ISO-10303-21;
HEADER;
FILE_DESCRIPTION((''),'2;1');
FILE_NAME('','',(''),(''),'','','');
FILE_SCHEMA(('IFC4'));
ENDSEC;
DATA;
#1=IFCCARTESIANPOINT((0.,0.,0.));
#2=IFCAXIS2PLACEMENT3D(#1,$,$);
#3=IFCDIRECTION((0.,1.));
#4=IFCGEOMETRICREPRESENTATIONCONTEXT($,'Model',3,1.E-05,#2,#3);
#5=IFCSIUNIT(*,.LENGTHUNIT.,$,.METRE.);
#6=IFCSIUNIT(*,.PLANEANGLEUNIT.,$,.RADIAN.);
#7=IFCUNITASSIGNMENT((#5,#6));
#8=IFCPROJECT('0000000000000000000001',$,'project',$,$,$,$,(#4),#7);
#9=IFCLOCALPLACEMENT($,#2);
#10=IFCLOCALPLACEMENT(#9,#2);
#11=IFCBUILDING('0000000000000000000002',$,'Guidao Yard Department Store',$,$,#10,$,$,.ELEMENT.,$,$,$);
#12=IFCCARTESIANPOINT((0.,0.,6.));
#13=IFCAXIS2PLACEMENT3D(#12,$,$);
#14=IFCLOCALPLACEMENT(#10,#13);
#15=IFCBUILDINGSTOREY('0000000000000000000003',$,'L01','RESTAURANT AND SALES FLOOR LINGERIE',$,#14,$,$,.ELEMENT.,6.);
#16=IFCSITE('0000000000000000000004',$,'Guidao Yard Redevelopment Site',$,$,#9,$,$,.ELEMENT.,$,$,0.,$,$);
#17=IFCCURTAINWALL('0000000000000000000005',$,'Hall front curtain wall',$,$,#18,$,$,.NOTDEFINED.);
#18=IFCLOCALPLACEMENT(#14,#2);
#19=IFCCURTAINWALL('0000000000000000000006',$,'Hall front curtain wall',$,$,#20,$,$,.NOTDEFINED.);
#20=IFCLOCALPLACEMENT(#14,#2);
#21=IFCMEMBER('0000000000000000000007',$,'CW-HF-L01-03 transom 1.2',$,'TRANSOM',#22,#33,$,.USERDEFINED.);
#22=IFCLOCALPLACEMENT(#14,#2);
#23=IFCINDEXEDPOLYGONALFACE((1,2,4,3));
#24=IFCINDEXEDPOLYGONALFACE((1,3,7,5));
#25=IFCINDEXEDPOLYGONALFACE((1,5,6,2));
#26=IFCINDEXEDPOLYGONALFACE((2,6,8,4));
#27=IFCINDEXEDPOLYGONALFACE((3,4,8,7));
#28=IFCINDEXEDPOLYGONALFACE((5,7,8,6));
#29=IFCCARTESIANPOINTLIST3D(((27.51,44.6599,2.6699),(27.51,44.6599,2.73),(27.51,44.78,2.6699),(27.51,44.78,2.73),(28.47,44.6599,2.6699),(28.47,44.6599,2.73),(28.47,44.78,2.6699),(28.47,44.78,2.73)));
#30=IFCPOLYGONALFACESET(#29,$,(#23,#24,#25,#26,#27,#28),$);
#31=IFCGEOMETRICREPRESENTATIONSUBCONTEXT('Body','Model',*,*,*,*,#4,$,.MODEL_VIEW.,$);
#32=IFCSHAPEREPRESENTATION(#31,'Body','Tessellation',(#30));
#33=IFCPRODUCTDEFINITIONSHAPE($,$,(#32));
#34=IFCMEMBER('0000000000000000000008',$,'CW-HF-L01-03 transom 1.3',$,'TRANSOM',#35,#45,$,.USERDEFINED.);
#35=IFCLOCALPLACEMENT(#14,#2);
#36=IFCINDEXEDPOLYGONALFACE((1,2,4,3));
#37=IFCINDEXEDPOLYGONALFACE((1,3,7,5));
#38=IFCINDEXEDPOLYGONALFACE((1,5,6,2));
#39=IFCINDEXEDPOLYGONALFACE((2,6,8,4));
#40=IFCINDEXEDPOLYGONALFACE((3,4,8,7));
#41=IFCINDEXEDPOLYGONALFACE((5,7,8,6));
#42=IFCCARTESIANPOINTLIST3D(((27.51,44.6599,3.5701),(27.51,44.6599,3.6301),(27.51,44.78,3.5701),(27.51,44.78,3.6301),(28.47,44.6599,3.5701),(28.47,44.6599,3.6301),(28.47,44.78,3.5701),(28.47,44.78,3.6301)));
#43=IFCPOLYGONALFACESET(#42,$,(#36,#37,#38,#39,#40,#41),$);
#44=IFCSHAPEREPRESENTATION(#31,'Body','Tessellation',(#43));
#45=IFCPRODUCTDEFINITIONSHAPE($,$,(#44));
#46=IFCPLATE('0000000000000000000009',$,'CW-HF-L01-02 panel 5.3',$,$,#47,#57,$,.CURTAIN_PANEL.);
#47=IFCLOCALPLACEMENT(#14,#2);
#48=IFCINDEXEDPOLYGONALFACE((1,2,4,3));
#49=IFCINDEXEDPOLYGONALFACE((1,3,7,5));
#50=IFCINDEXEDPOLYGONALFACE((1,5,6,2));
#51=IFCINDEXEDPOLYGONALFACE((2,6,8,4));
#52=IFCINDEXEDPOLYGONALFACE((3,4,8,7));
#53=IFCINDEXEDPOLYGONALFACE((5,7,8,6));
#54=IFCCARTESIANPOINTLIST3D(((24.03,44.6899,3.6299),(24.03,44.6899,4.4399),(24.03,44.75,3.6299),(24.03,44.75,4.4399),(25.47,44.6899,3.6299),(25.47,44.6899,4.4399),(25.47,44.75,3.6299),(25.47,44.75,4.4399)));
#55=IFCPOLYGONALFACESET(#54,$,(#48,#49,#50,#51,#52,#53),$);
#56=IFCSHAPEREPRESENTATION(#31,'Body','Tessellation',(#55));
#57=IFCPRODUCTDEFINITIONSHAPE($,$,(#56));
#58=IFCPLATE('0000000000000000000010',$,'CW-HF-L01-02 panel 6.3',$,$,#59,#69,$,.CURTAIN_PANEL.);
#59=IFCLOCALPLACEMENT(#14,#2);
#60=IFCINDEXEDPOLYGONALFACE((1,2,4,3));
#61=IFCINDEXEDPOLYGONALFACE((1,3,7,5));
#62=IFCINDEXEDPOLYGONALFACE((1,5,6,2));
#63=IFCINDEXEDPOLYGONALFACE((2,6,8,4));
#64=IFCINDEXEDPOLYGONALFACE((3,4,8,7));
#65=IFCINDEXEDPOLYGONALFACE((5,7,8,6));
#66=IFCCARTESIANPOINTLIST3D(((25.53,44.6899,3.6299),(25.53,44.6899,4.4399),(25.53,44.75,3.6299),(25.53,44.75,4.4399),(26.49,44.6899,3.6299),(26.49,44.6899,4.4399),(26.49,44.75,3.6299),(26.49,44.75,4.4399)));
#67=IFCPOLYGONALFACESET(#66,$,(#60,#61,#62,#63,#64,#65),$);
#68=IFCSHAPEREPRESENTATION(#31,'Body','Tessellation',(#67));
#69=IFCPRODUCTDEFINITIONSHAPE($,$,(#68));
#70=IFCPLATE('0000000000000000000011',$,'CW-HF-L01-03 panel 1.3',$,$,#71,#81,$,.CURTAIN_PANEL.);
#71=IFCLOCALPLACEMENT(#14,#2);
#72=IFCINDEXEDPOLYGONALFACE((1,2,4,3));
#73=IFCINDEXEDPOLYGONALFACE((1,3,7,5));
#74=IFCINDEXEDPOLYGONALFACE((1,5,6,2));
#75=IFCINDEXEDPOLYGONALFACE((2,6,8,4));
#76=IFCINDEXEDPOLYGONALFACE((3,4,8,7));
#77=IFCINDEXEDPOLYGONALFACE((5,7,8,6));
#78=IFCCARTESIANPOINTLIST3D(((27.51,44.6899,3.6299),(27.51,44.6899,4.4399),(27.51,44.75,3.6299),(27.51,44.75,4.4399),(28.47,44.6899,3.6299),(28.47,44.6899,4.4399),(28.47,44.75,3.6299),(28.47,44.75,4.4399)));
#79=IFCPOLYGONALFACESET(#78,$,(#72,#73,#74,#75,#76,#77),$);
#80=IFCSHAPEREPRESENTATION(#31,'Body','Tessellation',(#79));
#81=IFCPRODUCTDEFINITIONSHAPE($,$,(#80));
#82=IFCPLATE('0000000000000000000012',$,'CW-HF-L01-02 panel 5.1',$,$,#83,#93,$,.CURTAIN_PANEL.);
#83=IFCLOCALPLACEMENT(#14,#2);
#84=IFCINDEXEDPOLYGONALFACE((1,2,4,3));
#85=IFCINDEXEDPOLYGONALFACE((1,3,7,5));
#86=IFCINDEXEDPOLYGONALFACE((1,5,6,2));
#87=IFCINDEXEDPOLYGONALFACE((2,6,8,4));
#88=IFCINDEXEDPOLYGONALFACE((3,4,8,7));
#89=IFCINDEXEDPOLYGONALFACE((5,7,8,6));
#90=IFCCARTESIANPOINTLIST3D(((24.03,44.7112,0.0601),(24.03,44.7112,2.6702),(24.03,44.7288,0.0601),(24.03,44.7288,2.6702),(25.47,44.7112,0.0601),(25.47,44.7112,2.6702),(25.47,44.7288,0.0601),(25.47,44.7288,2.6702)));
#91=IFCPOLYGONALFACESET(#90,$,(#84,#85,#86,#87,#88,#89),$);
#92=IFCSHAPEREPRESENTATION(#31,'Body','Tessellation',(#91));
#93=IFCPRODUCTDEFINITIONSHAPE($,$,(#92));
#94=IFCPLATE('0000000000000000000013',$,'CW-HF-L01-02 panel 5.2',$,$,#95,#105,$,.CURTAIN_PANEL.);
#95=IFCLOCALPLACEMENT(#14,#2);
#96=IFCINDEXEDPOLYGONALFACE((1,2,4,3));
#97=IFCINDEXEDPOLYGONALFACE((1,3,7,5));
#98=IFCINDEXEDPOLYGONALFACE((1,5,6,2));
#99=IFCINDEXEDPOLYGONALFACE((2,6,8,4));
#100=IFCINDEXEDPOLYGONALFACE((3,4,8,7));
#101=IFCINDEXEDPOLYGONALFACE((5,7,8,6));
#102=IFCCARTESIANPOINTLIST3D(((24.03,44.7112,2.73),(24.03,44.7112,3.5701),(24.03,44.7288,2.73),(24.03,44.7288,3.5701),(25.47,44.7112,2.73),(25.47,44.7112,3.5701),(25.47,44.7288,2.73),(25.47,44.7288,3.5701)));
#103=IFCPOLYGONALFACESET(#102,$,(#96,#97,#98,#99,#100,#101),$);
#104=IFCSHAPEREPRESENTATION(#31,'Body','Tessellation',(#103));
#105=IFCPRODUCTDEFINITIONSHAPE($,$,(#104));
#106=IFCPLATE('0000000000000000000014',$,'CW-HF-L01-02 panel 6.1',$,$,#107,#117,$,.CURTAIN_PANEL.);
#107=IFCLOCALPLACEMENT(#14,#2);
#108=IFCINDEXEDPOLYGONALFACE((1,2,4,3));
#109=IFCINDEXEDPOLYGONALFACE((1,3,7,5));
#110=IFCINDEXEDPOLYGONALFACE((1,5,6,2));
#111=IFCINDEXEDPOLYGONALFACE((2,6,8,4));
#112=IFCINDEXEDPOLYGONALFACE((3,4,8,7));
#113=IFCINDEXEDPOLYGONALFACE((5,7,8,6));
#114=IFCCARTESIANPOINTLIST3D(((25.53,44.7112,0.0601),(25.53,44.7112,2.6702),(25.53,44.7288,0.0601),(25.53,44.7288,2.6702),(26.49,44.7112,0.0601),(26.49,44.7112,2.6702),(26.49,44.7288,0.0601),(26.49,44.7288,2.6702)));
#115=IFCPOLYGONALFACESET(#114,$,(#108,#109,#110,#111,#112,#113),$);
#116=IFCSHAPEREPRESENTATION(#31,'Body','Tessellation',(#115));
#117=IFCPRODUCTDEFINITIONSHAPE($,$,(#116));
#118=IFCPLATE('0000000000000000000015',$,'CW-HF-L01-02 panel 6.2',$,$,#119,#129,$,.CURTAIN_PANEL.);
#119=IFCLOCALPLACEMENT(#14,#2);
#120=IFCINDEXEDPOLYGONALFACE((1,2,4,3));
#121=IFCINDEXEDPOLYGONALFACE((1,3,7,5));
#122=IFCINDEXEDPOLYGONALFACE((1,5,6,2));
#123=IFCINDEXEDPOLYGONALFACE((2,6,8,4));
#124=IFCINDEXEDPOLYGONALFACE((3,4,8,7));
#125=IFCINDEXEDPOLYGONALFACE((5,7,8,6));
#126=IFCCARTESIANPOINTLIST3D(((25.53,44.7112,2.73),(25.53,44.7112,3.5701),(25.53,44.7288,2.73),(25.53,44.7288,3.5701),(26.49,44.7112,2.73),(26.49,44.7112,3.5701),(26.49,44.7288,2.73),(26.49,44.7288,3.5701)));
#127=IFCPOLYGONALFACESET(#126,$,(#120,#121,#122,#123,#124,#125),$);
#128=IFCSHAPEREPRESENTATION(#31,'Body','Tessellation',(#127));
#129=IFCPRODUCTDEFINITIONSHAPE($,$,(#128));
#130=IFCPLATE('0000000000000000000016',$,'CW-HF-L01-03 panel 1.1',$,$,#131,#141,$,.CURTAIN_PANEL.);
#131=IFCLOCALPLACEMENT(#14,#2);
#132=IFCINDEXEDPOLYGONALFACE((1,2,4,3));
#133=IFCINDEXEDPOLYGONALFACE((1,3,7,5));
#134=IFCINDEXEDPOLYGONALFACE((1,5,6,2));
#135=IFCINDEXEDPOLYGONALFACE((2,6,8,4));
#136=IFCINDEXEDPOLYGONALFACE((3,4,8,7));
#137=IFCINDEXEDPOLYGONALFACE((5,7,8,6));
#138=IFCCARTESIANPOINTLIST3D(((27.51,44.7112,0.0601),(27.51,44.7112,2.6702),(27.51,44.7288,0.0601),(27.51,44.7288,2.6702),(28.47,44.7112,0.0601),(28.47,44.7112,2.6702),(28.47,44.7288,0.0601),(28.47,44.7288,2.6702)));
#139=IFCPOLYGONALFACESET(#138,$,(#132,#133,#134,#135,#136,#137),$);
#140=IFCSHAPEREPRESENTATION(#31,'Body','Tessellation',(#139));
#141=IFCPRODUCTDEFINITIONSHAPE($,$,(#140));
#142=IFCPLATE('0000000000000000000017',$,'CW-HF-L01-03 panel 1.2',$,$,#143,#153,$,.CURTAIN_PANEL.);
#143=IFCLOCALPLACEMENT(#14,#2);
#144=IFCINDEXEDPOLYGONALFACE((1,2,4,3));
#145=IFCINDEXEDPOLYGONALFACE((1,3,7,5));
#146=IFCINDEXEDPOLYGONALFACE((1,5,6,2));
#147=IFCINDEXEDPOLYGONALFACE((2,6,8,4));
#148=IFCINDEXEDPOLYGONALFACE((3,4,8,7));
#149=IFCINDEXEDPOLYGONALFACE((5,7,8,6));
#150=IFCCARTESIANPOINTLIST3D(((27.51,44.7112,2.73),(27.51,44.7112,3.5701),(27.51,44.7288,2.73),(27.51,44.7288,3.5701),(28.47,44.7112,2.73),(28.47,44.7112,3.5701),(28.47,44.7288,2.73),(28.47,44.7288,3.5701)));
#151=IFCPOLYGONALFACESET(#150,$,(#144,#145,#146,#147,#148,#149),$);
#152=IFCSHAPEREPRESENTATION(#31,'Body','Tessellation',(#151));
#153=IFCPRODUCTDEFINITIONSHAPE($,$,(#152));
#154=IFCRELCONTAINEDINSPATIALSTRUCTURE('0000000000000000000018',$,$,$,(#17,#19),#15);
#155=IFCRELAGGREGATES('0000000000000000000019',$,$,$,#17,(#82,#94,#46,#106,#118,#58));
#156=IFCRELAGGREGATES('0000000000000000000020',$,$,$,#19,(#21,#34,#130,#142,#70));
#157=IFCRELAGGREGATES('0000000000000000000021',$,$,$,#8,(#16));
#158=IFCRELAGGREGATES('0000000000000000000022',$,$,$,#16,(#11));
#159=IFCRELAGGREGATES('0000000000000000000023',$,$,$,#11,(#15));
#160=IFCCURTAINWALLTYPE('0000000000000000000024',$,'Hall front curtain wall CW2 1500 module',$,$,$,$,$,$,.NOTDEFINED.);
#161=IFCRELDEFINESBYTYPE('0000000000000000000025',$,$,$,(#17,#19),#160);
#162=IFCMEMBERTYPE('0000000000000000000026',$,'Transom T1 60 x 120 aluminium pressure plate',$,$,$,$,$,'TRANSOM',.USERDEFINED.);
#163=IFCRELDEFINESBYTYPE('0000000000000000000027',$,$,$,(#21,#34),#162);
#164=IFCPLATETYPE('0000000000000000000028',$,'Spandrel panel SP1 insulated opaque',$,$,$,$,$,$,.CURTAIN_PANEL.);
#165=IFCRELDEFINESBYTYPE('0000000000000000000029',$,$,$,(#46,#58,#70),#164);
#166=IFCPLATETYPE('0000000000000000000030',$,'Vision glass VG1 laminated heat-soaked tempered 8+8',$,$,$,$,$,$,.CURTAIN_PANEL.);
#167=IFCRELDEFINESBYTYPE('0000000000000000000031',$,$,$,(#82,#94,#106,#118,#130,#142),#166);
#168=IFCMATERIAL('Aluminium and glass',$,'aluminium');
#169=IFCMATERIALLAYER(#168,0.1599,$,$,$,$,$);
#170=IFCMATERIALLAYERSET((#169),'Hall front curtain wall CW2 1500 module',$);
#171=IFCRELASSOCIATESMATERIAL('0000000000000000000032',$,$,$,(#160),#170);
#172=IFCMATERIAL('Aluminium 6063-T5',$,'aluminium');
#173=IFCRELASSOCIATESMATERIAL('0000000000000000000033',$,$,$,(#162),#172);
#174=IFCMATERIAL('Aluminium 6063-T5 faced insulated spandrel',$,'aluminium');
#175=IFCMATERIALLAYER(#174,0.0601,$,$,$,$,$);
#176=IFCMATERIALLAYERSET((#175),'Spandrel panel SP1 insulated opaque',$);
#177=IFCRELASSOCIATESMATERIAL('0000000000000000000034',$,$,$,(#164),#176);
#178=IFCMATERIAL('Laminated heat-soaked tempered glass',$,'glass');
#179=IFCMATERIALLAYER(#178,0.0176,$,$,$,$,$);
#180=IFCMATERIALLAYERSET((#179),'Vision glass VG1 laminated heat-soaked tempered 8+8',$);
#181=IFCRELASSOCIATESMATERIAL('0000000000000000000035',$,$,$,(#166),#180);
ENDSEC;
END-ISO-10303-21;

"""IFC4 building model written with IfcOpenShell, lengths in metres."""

from ifc_helpers import new_model, si_unit, direction, frame, origin, origin_2d, place, context, subcontext, project, spatial, rectangle, extrude, material, layer, layer_set, material_profile, profile_set, type_object, element, aggregate, save


model = new_model("IFC4")

# Units and contexts
model_context = context("Model", 3, precision=1e-05, world=origin(), true_north=direction((0.0, 1.0)))
body_context = subcontext(model_context, "Body", "Model", "MODEL_VIEW")
ifc_project = project(units=[si_unit("LENGTHUNIT", "METRE"), si_unit("PLANEANGLEUNIT", "RADIAN")], contexts=[model_context])

# Site, building, storey
site_placement = place(None, origin())
site = spatial("IfcSite", under=ifc_project, at=site_placement, Name="Guidao Yard Redevelopment Site", CompositionType="ELEMENT", RefElevation=0.0)
building_placement = place(site_placement, origin())
building = spatial("IfcBuilding", under=site, at=building_placement, Name="Guidao Yard Department Store", CompositionType="ELEMENT")
storey_placement = place(building_placement, frame((0.0, 0.0, 6.0)))
storey = spatial("IfcBuildingStorey", under=building, at=storey_placement, Name="L01", Description="RESTAURANT AND SALES FLOOR LINGERIE", CompositionType="ELEMENT", Elevation=6.0)

# Curtain wall
ifc_material_1 = material(Name="Aluminium and glass", Category="aluminium")
ifc_layer_1 = layer(ifc_material_1, 0.1599)
ifc_layer_set_1 = layer_set([ifc_layer_1], Name="Hall front curtain wall CW2 1500 module")
curtain_wall_type = type_object("IfcCurtainWallType", Name="Hall front curtain wall CW2 1500 module", PredefinedType="NOTDEFINED", material=ifc_layer_set_1)
curtain_wall_1_placement = place(storey_placement, origin())
curtain_wall_1 = element("IfcCurtainWall", 1, at=curtain_wall_1_placement, inside=storey, type_object=curtain_wall_type, Name="Hall front curtain wall", PredefinedType="NOTDEFINED")

# Curtain wall
curtain_wall_2_placement = place(storey_placement, origin())
curtain_wall_2 = element("IfcCurtainWall", 2, at=curtain_wall_2_placement, inside=storey, type_object=curtain_wall_type, Name="Hall front curtain wall", PredefinedType="NOTDEFINED")

# Members
ifc_material_2 = material(Name="Aluminium 6063-T5", Category="aluminium")
ifc_material_profile_1 = material_profile(ifc_material_2, rectangle(XDim=0.1201, YDim=0.0601, at=origin_2d()), Name="Transom T1 60 x 120 aluminium pressure plate")
ifc_profile_set_1 = profile_set([ifc_material_profile_1], Name="Aluminium 6063-T5")
member_type_1 = type_object("IfcMemberType", Name="Transom T1 60 x 120 aluminium pressure plate", ElementType="TRANSOM", PredefinedType="USERDEFINED", material=ifc_profile_set_1)
member_1_placement = place(storey_placement, frame((28.47, 44.72, 2.7), z_axis=(-1.0, 0.0, 0.0), x_axis=(0.0, -1.0, 0.0)))
member_1 = element("IfcMember", 3, at=member_1_placement, type_object=member_type_1, Name="CW-HF-L01-03 transom 1.2", ObjectType="TRANSOM", PredefinedType="USERDEFINED", context=body_context, shape_type="SweptSolid", body=[
    extrude(rectangle(XDim=0.1201, YDim=0.0601, at=origin_2d()), origin(), (0.0, 0.0, 1.0), 0.96),
])
member_2_placement = place(storey_placement, frame((28.47, 44.72, 3.6001), z_axis=(-1.0, 0.0, 0.0), x_axis=(0.0, -1.0, 0.0)))
member_2 = element("IfcMember", 4, at=member_2_placement, type_object=member_type_1, Name="CW-HF-L01-03 transom 1.3", ObjectType="TRANSOM", PredefinedType="USERDEFINED", context=body_context, shape_type="SweptSolid", body=[
    extrude(rectangle(XDim=0.1201, YDim=0.0601, at=origin_2d()), origin(), (0.0, 0.0, 1.0), 0.96),
])

# Plates
ifc_material_3 = material(Name="Aluminium 6063-T5 faced insulated spandrel", Category="aluminium")
ifc_layer_2 = layer(ifc_material_3, 0.0601)
ifc_layer_set_2 = layer_set([ifc_layer_2], Name="Spandrel panel SP1 insulated opaque")
plate_type_1 = type_object("IfcPlateType", Name="Spandrel panel SP1 insulated opaque", PredefinedType="CURTAIN_PANEL", material=ifc_layer_set_2)
plate_1_placement = place(storey_placement, frame((24.75, 44.72, 3.6299), z_axis=(0.0, 0.0, 1.0), x_axis=(-1.0, 0.0, 0.0)))
plate_1 = element("IfcPlate", 5, at=plate_1_placement, type_object=plate_type_1, Name="CW-HF-L01-02 panel 5.3", PredefinedType="CURTAIN_PANEL", context=body_context, shape_type="SweptSolid", body=[
    extrude(rectangle(XDim=1.4399, YDim=0.0601, at=origin_2d()), origin(), (0.0, 0.0, 1.0), 0.8101),
])
plate_2_placement = place(storey_placement, frame((26.01, 44.72, 3.6299), z_axis=(0.0, 0.0, 1.0), x_axis=(-1.0, 0.0, 0.0)))
plate_2 = element("IfcPlate", 6, at=plate_2_placement, type_object=plate_type_1, Name="CW-HF-L01-02 panel 6.3", PredefinedType="CURTAIN_PANEL", context=body_context, shape_type="SweptSolid", body=[
    extrude(rectangle(XDim=0.96, YDim=0.0601, at=origin_2d()), origin(), (0.0, 0.0, 1.0), 0.8101),
])
plate_3_placement = place(storey_placement, frame((27.99, 44.72, 3.6299), z_axis=(0.0, 0.0, 1.0), x_axis=(-1.0, 0.0, 0.0)))
plate_3 = element("IfcPlate", 7, at=plate_3_placement, type_object=plate_type_1, Name="CW-HF-L01-03 panel 1.3", PredefinedType="CURTAIN_PANEL", context=body_context, shape_type="SweptSolid", body=[
    extrude(rectangle(XDim=0.96, YDim=0.0601, at=origin_2d()), origin(), (0.0, 0.0, 1.0), 0.8101),
])
ifc_material_4 = material(Name="Laminated heat-soaked tempered glass", Category="glass")
ifc_layer_3 = layer(ifc_material_4, 0.0176)
ifc_layer_set_3 = layer_set([ifc_layer_3], Name="Vision glass VG1 laminated heat-soaked tempered 8+8")
plate_type_2 = type_object("IfcPlateType", Name="Vision glass VG1 laminated heat-soaked tempered 8+8", PredefinedType="CURTAIN_PANEL", material=ifc_layer_set_3)
plate_4_placement = place(storey_placement, frame((24.75, 44.72, 0.0601), z_axis=(0.0, 0.0, 1.0), x_axis=(-1.0, 0.0, 0.0)))
plate_4 = element("IfcPlate", 8, at=plate_4_placement, type_object=plate_type_2, Name="CW-HF-L01-02 panel 5.1", PredefinedType="CURTAIN_PANEL", context=body_context, shape_type="SweptSolid", body=[
    extrude(rectangle(XDim=1.4399, YDim=0.0176, at=origin_2d()), origin(), (0.0, 0.0, 1.0), 2.6101),
])
plate_5_placement = place(storey_placement, frame((24.75, 44.72, 2.73), z_axis=(0.0, 0.0, 1.0), x_axis=(-1.0, 0.0, 0.0)))
plate_5 = element("IfcPlate", 9, at=plate_5_placement, type_object=plate_type_2, Name="CW-HF-L01-02 panel 5.2", PredefinedType="CURTAIN_PANEL", context=body_context, shape_type="SweptSolid", body=[
    extrude(rectangle(XDim=1.4399, YDim=0.0176, at=origin_2d()), origin(), (0.0, 0.0, 1.0), 0.8401),
])
plate_6_placement = place(storey_placement, frame((26.01, 44.72, 0.0601), z_axis=(0.0, 0.0, 1.0), x_axis=(-1.0, 0.0, 0.0)))
plate_6 = element("IfcPlate", 10, at=plate_6_placement, type_object=plate_type_2, Name="CW-HF-L01-02 panel 6.1", PredefinedType="CURTAIN_PANEL", context=body_context, shape_type="SweptSolid", body=[
    extrude(rectangle(XDim=0.96, YDim=0.0176, at=origin_2d()), origin(), (0.0, 0.0, 1.0), 2.6101),
])
plate_7_placement = place(storey_placement, frame((26.01, 44.72, 2.73), z_axis=(0.0, 0.0, 1.0), x_axis=(-1.0, 0.0, 0.0)))
plate_7 = element("IfcPlate", 11, at=plate_7_placement, type_object=plate_type_2, Name="CW-HF-L01-02 panel 6.2", PredefinedType="CURTAIN_PANEL", context=body_context, shape_type="SweptSolid", body=[
    extrude(rectangle(XDim=0.96, YDim=0.0176, at=origin_2d()), origin(), (0.0, 0.0, 1.0), 0.8401),
])
aggregate(curtain_wall_1, [plate_4, plate_5, plate_1, plate_6, plate_7, plate_2])
plate_8_placement = place(storey_placement, frame((27.99, 44.72, 0.0601), z_axis=(0.0, 0.0, 1.0), x_axis=(-1.0, 0.0, 0.0)))
plate_8 = element("IfcPlate", 12, at=plate_8_placement, type_object=plate_type_2, Name="CW-HF-L01-03 panel 1.1", PredefinedType="CURTAIN_PANEL", context=body_context, shape_type="SweptSolid", body=[
    extrude(rectangle(XDim=0.96, YDim=0.0176, at=origin_2d()), origin(), (0.0, 0.0, 1.0), 2.6101),
])
plate_9_placement = place(storey_placement, frame((27.99, 44.72, 2.73), z_axis=(0.0, 0.0, 1.0), x_axis=(-1.0, 0.0, 0.0)))
plate_9 = element("IfcPlate", 13, at=plate_9_placement, type_object=plate_type_2, Name="CW-HF-L01-03 panel 1.2", PredefinedType="CURTAIN_PANEL", context=body_context, shape_type="SweptSolid", body=[
    extrude(rectangle(XDim=0.96, YDim=0.0176, at=origin_2d()), origin(), (0.0, 0.0, 1.0), 0.8401),
])
aggregate(curtain_wall_2, [member_1, member_2, plate_8, plate_9, plate_3])

save(model, "model.ifc")
